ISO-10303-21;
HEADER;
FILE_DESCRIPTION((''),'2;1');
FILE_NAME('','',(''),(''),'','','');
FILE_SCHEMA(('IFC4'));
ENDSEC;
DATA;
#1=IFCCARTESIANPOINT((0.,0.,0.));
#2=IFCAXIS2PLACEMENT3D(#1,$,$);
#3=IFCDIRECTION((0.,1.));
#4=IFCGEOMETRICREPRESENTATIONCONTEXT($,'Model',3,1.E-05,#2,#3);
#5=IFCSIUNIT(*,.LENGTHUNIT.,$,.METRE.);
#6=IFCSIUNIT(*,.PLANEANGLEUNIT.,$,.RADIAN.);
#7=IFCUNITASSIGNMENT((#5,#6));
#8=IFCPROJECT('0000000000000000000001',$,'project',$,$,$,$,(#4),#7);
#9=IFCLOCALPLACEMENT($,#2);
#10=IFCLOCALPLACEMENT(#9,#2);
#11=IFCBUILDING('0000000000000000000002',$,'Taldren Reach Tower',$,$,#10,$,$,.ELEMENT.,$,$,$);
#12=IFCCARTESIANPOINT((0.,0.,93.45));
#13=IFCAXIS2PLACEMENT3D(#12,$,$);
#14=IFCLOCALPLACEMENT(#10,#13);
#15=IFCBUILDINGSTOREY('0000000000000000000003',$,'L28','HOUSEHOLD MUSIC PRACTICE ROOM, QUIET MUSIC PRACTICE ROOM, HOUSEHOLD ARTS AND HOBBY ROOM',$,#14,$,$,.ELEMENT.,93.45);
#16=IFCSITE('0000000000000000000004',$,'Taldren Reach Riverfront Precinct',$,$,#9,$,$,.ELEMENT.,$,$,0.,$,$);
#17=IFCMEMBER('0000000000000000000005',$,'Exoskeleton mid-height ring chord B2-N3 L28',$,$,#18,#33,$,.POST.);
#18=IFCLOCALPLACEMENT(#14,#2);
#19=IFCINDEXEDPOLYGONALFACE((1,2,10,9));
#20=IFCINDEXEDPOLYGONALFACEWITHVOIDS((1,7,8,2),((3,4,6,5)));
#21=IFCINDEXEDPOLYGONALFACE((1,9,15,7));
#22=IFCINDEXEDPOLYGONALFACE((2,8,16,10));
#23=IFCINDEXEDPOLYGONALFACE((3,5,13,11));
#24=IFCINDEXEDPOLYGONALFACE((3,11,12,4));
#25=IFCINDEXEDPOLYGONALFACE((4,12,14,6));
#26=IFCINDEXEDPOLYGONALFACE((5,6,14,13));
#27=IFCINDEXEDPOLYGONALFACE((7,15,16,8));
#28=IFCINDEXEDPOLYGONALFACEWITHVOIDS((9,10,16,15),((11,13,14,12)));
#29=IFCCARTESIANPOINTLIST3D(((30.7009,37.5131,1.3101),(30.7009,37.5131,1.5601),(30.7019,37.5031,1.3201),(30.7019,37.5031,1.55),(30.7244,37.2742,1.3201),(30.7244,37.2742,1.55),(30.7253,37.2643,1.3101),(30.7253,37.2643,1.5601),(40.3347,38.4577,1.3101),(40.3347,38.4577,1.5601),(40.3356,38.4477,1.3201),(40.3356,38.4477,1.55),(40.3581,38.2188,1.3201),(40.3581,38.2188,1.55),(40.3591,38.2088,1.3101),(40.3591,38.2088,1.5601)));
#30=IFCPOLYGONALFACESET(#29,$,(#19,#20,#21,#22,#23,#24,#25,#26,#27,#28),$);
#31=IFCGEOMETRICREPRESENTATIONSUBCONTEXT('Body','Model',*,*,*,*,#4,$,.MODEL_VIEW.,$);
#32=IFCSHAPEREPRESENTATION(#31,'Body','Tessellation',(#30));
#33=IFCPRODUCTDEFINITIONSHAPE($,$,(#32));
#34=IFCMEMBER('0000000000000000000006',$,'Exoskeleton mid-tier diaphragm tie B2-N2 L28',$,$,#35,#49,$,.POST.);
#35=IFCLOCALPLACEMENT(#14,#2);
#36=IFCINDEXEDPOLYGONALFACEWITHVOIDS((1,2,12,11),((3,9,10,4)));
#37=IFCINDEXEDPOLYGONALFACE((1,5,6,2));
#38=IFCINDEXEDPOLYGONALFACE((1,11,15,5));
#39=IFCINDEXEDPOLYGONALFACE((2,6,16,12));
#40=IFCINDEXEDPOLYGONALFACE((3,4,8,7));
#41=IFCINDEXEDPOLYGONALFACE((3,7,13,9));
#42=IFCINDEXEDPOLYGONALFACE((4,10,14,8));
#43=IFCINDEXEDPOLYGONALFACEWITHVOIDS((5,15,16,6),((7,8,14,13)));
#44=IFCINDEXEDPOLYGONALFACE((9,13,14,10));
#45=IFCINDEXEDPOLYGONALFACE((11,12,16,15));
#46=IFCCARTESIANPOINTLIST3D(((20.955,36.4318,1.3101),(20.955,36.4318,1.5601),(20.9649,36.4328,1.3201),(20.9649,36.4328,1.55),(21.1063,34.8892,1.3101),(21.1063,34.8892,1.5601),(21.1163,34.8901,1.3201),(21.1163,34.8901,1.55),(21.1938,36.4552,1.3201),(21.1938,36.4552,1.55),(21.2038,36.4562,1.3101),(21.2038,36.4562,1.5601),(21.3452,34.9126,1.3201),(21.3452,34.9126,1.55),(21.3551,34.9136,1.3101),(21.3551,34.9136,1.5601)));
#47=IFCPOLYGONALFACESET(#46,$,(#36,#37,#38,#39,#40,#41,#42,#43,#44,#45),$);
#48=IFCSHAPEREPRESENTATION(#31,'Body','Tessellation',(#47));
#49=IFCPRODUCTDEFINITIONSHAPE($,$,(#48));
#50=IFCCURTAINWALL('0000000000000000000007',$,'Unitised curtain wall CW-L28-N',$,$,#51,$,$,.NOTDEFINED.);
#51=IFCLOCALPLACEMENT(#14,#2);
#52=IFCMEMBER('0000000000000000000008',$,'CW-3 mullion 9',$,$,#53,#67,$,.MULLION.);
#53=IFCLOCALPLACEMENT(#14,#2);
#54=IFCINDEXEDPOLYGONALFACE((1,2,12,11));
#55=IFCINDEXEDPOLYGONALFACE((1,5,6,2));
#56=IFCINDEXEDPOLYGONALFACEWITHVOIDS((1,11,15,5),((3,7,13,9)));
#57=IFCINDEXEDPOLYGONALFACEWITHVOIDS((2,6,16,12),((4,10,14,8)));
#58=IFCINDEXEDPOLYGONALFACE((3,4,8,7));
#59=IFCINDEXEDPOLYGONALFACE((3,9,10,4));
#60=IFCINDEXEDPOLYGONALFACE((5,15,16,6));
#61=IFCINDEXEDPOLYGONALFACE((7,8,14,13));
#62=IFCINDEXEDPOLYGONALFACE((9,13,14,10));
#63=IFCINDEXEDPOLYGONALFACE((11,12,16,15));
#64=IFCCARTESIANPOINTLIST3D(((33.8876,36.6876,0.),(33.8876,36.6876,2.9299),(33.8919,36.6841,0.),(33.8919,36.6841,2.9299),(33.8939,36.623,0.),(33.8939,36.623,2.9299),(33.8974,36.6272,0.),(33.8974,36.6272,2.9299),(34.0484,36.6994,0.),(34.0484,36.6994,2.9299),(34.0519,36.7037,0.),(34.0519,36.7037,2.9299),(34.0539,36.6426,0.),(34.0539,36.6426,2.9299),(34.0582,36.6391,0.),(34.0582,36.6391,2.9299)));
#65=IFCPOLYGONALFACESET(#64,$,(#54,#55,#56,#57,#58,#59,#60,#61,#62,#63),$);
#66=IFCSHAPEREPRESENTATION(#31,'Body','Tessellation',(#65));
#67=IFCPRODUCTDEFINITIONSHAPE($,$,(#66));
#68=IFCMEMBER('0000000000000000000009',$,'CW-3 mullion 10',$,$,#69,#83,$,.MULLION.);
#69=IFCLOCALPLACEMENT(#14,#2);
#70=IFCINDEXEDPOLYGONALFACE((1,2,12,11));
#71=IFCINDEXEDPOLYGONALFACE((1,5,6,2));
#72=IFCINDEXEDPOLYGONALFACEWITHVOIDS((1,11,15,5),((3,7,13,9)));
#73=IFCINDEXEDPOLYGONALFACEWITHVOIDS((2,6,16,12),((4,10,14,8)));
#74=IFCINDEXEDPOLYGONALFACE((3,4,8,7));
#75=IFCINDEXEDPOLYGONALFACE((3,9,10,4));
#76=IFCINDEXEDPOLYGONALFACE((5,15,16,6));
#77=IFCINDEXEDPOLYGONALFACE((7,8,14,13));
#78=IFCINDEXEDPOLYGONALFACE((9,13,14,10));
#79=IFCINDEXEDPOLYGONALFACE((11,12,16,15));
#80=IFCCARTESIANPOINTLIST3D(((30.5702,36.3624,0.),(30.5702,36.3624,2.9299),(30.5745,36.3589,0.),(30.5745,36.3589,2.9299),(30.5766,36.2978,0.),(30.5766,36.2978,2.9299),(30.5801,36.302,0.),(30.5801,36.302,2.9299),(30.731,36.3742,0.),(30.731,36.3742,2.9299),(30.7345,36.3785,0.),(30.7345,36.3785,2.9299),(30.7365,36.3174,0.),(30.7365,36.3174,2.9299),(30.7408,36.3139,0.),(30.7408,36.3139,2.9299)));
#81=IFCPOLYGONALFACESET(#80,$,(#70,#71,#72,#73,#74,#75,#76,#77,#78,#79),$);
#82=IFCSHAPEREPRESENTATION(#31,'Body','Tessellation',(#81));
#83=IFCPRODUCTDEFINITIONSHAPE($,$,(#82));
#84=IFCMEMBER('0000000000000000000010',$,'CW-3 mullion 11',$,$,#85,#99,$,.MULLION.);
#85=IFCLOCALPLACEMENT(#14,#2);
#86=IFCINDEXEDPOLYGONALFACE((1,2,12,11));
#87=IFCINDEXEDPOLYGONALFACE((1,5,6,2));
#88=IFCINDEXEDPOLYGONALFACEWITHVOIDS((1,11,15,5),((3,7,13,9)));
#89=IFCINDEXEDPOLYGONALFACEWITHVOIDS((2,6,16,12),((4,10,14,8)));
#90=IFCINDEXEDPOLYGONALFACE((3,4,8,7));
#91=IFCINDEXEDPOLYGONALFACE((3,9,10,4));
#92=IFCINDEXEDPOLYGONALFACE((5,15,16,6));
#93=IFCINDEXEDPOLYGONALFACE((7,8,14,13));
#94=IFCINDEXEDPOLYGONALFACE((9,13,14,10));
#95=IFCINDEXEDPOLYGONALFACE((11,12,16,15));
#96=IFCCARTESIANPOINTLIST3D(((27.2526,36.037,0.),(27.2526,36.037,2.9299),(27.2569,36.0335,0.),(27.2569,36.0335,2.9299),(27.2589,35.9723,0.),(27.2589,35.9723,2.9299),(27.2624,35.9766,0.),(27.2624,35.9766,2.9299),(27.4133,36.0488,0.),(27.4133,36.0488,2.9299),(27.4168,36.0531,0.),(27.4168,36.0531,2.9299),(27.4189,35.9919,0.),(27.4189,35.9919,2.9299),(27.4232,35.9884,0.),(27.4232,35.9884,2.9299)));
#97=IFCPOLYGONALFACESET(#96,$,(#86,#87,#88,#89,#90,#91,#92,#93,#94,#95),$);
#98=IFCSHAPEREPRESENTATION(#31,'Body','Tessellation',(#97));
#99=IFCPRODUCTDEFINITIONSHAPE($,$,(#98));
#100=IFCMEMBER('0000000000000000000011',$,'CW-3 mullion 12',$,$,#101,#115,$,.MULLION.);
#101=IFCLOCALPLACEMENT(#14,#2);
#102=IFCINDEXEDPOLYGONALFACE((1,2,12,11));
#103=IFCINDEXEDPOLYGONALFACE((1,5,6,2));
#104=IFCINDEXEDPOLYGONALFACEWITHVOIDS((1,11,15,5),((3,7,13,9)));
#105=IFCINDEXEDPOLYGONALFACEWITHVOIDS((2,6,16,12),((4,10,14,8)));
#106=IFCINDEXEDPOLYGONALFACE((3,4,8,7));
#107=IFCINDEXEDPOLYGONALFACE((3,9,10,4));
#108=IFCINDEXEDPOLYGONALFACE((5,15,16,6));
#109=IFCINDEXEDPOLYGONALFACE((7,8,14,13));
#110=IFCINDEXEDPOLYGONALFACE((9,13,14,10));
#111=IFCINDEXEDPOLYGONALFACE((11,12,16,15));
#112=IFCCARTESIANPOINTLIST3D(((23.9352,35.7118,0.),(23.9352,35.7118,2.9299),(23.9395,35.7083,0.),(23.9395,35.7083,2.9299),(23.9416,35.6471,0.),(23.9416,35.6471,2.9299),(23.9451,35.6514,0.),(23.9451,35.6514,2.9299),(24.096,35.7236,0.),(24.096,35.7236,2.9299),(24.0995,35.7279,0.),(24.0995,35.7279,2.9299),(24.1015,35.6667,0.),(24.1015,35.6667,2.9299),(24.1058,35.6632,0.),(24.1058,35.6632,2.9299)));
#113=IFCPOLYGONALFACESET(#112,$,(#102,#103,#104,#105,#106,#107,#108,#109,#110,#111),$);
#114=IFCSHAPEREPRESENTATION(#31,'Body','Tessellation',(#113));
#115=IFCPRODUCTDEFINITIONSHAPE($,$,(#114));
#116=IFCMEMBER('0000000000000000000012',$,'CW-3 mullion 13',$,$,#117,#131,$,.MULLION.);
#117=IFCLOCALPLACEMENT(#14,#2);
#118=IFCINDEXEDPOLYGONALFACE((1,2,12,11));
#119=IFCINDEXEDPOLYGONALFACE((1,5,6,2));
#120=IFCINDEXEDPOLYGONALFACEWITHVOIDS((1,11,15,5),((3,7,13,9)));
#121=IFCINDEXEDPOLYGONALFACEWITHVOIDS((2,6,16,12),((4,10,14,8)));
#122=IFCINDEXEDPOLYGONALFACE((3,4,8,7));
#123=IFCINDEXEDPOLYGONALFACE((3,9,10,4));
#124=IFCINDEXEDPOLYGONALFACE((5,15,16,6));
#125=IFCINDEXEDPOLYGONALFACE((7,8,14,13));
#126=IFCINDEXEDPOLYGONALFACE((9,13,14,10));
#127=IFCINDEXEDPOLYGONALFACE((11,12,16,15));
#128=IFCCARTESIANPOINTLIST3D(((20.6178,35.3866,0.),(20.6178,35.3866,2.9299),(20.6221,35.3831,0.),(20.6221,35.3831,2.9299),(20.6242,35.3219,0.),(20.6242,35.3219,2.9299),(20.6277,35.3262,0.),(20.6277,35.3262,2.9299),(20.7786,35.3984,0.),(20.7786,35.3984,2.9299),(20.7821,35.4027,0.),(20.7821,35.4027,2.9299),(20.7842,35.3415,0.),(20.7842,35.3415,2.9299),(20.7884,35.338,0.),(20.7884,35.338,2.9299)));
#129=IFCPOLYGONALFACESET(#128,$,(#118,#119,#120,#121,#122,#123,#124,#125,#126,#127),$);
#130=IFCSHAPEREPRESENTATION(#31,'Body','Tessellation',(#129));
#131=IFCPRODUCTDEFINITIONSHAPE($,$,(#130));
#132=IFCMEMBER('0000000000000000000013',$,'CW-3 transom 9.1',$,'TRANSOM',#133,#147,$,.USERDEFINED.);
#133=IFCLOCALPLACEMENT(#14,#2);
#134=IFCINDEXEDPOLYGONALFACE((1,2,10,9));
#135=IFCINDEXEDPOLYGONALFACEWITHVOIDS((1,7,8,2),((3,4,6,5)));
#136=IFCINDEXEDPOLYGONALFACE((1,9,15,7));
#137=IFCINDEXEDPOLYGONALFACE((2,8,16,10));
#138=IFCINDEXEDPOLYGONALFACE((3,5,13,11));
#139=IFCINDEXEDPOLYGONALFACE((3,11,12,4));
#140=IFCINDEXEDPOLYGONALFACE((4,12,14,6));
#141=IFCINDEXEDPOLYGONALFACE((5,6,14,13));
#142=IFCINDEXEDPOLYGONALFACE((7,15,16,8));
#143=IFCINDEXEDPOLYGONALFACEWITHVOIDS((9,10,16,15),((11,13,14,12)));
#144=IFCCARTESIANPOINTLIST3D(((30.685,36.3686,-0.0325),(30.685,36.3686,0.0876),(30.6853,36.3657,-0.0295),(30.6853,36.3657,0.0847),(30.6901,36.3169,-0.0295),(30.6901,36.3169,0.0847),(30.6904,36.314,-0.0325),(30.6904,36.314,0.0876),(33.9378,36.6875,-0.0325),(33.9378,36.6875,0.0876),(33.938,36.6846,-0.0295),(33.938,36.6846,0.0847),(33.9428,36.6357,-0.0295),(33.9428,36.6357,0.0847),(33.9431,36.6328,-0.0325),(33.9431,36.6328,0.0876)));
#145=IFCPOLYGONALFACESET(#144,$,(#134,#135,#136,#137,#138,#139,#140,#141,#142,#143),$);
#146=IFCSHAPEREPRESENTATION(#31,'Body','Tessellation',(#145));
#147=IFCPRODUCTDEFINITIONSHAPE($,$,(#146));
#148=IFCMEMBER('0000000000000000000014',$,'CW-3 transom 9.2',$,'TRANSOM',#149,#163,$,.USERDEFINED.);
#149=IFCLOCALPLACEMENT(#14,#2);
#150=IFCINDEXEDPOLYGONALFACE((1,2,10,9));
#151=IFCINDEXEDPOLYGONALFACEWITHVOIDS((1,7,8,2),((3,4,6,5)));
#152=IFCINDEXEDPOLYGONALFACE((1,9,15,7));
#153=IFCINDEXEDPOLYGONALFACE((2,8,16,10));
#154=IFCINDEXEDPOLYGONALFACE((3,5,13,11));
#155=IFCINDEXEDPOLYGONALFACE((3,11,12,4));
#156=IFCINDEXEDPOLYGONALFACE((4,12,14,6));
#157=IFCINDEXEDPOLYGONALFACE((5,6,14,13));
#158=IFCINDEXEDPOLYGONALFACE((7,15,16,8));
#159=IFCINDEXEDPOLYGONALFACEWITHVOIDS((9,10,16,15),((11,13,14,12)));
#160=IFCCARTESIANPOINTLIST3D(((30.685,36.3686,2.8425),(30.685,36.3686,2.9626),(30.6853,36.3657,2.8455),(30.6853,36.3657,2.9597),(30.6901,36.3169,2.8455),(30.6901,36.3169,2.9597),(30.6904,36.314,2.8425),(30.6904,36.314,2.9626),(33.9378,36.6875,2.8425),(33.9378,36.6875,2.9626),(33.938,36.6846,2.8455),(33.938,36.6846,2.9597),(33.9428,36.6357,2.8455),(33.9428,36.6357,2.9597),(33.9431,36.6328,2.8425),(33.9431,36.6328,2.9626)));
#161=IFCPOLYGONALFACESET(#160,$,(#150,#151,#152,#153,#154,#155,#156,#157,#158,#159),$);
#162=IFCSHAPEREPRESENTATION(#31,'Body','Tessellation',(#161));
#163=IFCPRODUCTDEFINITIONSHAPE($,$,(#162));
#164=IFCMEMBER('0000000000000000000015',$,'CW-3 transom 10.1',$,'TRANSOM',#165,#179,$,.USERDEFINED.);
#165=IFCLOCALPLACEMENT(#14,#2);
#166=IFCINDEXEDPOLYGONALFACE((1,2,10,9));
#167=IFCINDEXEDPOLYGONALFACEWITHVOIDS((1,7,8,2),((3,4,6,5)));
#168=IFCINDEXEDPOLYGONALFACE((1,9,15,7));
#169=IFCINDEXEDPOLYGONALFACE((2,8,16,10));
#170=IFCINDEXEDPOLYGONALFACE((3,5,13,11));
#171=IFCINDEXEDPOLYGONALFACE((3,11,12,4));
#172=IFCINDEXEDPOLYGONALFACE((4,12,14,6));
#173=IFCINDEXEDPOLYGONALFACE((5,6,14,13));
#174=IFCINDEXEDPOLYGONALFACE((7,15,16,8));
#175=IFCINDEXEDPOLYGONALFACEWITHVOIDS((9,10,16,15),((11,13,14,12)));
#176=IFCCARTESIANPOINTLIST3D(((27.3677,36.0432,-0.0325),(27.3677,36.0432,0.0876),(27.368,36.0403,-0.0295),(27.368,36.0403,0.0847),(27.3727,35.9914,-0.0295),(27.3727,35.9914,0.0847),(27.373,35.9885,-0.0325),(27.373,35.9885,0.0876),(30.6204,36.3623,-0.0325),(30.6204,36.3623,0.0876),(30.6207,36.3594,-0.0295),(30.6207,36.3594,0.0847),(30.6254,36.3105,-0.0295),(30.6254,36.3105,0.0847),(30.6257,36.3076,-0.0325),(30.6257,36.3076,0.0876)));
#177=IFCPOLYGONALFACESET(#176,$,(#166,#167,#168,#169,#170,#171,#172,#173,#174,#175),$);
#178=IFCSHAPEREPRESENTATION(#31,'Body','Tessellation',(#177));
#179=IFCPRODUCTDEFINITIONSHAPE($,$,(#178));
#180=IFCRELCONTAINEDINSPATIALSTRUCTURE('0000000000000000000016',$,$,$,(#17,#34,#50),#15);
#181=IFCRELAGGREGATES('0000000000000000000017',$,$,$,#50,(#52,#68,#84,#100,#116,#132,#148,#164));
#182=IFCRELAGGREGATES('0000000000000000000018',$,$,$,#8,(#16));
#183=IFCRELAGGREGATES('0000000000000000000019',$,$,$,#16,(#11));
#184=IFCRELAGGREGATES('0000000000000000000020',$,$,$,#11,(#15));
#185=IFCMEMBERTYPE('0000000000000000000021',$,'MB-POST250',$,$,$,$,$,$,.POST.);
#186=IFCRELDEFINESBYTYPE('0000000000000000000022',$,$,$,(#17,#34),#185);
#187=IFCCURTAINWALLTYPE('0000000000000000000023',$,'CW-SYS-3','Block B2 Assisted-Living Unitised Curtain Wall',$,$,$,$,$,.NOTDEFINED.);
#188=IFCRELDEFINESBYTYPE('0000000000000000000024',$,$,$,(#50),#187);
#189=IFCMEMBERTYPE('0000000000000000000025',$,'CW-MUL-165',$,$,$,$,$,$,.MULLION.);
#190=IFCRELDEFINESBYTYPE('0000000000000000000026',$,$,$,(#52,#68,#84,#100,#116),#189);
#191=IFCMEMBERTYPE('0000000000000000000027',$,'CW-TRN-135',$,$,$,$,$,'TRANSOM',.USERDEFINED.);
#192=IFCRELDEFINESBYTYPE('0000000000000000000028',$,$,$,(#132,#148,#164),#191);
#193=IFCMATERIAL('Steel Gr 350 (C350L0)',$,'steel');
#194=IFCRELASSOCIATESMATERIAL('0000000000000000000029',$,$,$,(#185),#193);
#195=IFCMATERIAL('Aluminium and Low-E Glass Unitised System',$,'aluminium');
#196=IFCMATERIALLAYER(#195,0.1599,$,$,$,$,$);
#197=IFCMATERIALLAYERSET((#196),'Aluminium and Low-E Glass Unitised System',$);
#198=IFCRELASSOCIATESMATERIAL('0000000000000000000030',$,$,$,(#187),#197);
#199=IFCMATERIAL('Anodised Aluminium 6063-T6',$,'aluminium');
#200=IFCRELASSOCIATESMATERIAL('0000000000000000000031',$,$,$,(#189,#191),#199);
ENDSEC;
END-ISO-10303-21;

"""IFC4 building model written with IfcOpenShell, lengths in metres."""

from ifc_helpers import new_model, si_unit, direction, frame, origin, origin_2d, place, context, subcontext, project, spatial, hollow_rectangle, extrude, source, transform, mapped, material, layer, layer_set, material_profile, profile_set, type_object, element, aggregate, save


model = new_model("IFC4")

# Units and contexts
model_context = context("Model", 3, precision=1e-05, world=origin(), true_north=direction((0.0, 1.0)))
body_context = subcontext(model_context, "Body", "Model", "MODEL_VIEW")
ifc_project = project(units=[si_unit("LENGTHUNIT", "METRE"), si_unit("PLANEANGLEUNIT", "RADIAN")], contexts=[model_context])

# Site, building, storey
site_placement = place(None, origin())
site = spatial("IfcSite", under=ifc_project, at=site_placement, Name="Taldren Reach Riverfront Precinct", CompositionType="ELEMENT", RefElevation=0.0)
building_placement = place(site_placement, origin())
building = spatial("IfcBuilding", under=site, at=building_placement, Name="Taldren Reach Tower", CompositionType="ELEMENT")
storey_placement = place(building_placement, frame((0.0, 0.0, 93.45)))
storey = spatial("IfcBuildingStorey", under=building, at=storey_placement, Name="L28", Description="HOUSEHOLD MUSIC PRACTICE ROOM, QUIET MUSIC PRACTICE ROOM, HOUSEHOLD ARTS AND HOBBY ROOM", CompositionType="ELEMENT", Elevation=93.45)

# Shared definitions
ifc_material_1 = material(Name="Steel Gr 350 (C350L0)", Category="steel")
ifc_material_profile_1 = material_profile(ifc_material_1, hollow_rectangle(XDim=0.25, YDim=0.25, WallThickness=0.01, at=origin_2d()), Name="250x250x10.0SHS")
ifc_profile_set_1 = profile_set([ifc_material_profile_1], Name="Steel Gr 350 (C350L0)")
member_type_1 = type_object("IfcMemberType", Name="MB-POST250", PredefinedType="POST", material=ifc_profile_set_1)

# Members
shared_shape_1 = source(origin(), body_context, "Body", "SweptSolid", [
    extrude(hollow_rectangle(XDim=0.25, YDim=0.25, WallThickness=0.01, at=origin_2d()), origin(), (0.0, 0.0, 1.0), 9.6799),
])
for number, where, z_axis, x_axis, name in (
    (1, (30.7131, 37.3887, 1.4351), (0.995228, 0.097581, 0.0), (-0.097581, 0.995228, 0.0), "Exoskeleton mid-height ring chord B2-N3 L28"),
):
    element("IfcMember", number, at=place(storey_placement, frame(where, z_axis=z_axis, x_axis=x_axis)), inside=storey, type_object=member_type_1, Name=name, PredefinedType="POST", context=body_context, shape_type="MappedRepresentation", body=[
        mapped(shared_shape_1, transform((0.0, 0.0, 0.0), scale=1.0)),
    ])
shared_shape_2 = source(origin(), body_context, "Body", "SweptSolid", [
    extrude(hollow_rectangle(XDim=0.25, YDim=0.25, WallThickness=0.01, at=origin_2d()), origin(), (0.0, 0.0, 1.0), 1.55),
])
member_1_placement = place(storey_placement, frame((21.2307, 34.9014, 1.4351), z_axis=(-0.097648, 0.995221, 0.0), x_axis=(-0.995221, -0.097648, 0.0)))
element("IfcMember", 2, at=member_1_placement, inside=storey, type_object=member_type_1, Name="Exoskeleton mid-tier diaphragm tie B2-N2 L28", PredefinedType="POST", context=body_context, shape_type="MappedRepresentation", body=[
    mapped(shared_shape_2, transform((0.0, 0.0, 0.0), scale=1.0)),
])

# Curtain wall, members
ifc_material_2 = material(Name="Aluminium and Low-E Glass Unitised System", Category="aluminium")
ifc_layer_1 = layer(ifc_material_2, 0.1599)
ifc_layer_set_1 = layer_set([ifc_layer_1], Name="Aluminium and Low-E Glass Unitised System")
curtain_wall_type = type_object("IfcCurtainWallType", Name="CW-SYS-3", Description="Block B2 Assisted-Living Unitised Curtain Wall", PredefinedType="NOTDEFINED", material=ifc_layer_set_1)
curtain_wall_placement = place(storey_placement, origin())
curtain_wall = element("IfcCurtainWall", 3, at=curtain_wall_placement, inside=storey, type_object=curtain_wall_type, Name="Unitised curtain wall CW-L28-N", PredefinedType="NOTDEFINED")
ifc_material_3 = material(Name="Anodised Aluminium 6063-T6", Category="aluminium")
ifc_material_profile_2 = material_profile(ifc_material_3, hollow_rectangle(XDim=0.0649, YDim=0.165, WallThickness=0.0039, at=origin_2d()), Name="ALU-165x65x4RHS")
ifc_profile_set_2 = profile_set([ifc_material_profile_2], Name="Anodised Aluminium 6063-T6")
member_type_2 = type_object("IfcMemberType", Name="CW-MUL-165", PredefinedType="MULLION", material=ifc_profile_set_2)
shared_shape_3 = source(origin(), body_context, "Body", "SweptSolid", [
    extrude(hollow_rectangle(XDim=0.0649, YDim=0.165, WallThickness=0.0039, at=origin_2d()), origin(), (0.0, 0.0, 1.0), 2.9299),
])
member_2_placement = place(storey_placement, frame((33.9729, 36.6633, 0.0), z_axis=(0.0, 0.0, 1.0), x_axis=(0.097583, -0.995227, 0.0)))
member_2 = element("IfcMember", 4, at=member_2_placement, type_object=member_type_2, Name="CW-3 mullion 9", PredefinedType="MULLION", context=body_context, shape_type="MappedRepresentation", body=[
    mapped(shared_shape_3, transform((0.0, 0.0, 0.0), scale=1.0)),
])
member_3_placement = place(storey_placement, frame((30.6555, 36.3381, 0.0), z_axis=(0.0, 0.0, 1.0), x_axis=(0.097583, -0.995227, 0.0)))
member_3 = element("IfcMember", 5, at=member_3_placement, type_object=member_type_2, Name="CW-3 mullion 10", PredefinedType="MULLION", context=body_context, shape_type="MappedRepresentation", body=[
    mapped(shared_shape_3, transform((0.0, 0.0, 0.0), scale=1.0)),
])
member_4_placement = place(storey_placement, frame((27.3379, 36.0127, 0.0), z_axis=(0.0, 0.0, 1.0), x_axis=(0.097583, -0.995227, 0.0)))
member_4 = element("IfcMember", 6, at=member_4_placement, type_object=member_type_2, Name="CW-3 mullion 11", PredefinedType="MULLION", context=body_context, shape_type="MappedRepresentation", body=[
    mapped(shared_shape_3, transform((0.0, 0.0, 0.0), scale=1.0)),
])
member_5_placement = place(storey_placement, frame((24.0205, 35.6875, 0.0), z_axis=(0.0, 0.0, 1.0), x_axis=(0.097583, -0.995227, 0.0)))
member_5 = element("IfcMember", 7, at=member_5_placement, type_object=member_type_2, Name="CW-3 mullion 12", PredefinedType="MULLION", context=body_context, shape_type="MappedRepresentation", body=[
    mapped(shared_shape_3, transform((0.0, 0.0, 0.0), scale=1.0)),
])
member_6_placement = place(storey_placement, frame((20.7031, 35.3623, 0.0), z_axis=(0.0, 0.0, 1.0), x_axis=(0.097583, -0.995227, 0.0)))
member_6 = element("IfcMember", 8, at=member_6_placement, type_object=member_type_2, Name="CW-3 mullion 13", PredefinedType="MULLION", context=body_context, shape_type="MappedRepresentation", body=[
    mapped(shared_shape_3, transform((0.0, 0.0, 0.0), scale=1.0)),
])
ifc_material_profile_3 = material_profile(ifc_material_3, hollow_rectangle(XDim=0.0549, YDim=0.1201, WallThickness=0.0029, at=origin_2d()), Name="ALU-120x55x3RHS")
ifc_profile_set_3 = profile_set([ifc_material_profile_3], Name="Anodised Aluminium 6063-T6")
member_type_3 = type_object("IfcMemberType", Name="CW-TRN-135", ElementType="TRANSOM", PredefinedType="USERDEFINED", material=ifc_profile_set_3)
shared_shape_4 = source(origin(), body_context, "Body", "SweptSolid", [
    extrude(hollow_rectangle(XDim=0.0549, YDim=0.1201, WallThickness=0.0029, at=origin_2d()), origin(), (0.0, 0.0, 1.0), 3.2683),
])
member_7_placement = place(storey_placement, frame((33.9404, 36.6602, 0.0276), z_axis=(-0.99523, -0.097558, 0.0), x_axis=(0.097558, -0.99523, 0.0)))
member_7 = element("IfcMember", 9, at=member_7_placement, type_object=member_type_3, Name="CW-3 transom 9.1", ObjectType="TRANSOM", PredefinedType="USERDEFINED", context=body_context, shape_type="MappedRepresentation", body=[
    mapped(shared_shape_4, transform((0.0, 0.0, 0.0), scale=1.0)),
])
member_8_placement = place(storey_placement, frame((33.9404, 36.6602, 2.9026), z_axis=(-0.99523, -0.097558, 0.0), x_axis=(0.097558, -0.99523, 0.0)))
member_8 = element("IfcMember", 10, at=member_8_placement, type_object=member_type_3, Name="CW-3 transom 9.2", ObjectType="TRANSOM", PredefinedType="USERDEFINED", context=body_context, shape_type="MappedRepresentation", body=[
    mapped(shared_shape_4, transform((0.0, 0.0, 0.0), scale=1.0)),
])
member_9_placement = place(storey_placement, frame((30.623, 36.335, 0.0276), z_axis=(-0.995223, -0.097632, 0.0), x_axis=(0.097632, -0.995223, 0.0)))
member_9 = element("IfcMember", 11, at=member_9_placement, type_object=member_type_3, Name="CW-3 transom 10.1", ObjectType="TRANSOM", PredefinedType="USERDEFINED", context=body_context, shape_type="MappedRepresentation", body=[
    mapped(shared_shape_4, transform((0.0, 0.0, 0.0), scale=1.0)),
])

aggregate(curtain_wall, [member_2, member_3, member_4, member_5, member_6, member_7, member_8, member_9])

save(model, "model.ifc")
